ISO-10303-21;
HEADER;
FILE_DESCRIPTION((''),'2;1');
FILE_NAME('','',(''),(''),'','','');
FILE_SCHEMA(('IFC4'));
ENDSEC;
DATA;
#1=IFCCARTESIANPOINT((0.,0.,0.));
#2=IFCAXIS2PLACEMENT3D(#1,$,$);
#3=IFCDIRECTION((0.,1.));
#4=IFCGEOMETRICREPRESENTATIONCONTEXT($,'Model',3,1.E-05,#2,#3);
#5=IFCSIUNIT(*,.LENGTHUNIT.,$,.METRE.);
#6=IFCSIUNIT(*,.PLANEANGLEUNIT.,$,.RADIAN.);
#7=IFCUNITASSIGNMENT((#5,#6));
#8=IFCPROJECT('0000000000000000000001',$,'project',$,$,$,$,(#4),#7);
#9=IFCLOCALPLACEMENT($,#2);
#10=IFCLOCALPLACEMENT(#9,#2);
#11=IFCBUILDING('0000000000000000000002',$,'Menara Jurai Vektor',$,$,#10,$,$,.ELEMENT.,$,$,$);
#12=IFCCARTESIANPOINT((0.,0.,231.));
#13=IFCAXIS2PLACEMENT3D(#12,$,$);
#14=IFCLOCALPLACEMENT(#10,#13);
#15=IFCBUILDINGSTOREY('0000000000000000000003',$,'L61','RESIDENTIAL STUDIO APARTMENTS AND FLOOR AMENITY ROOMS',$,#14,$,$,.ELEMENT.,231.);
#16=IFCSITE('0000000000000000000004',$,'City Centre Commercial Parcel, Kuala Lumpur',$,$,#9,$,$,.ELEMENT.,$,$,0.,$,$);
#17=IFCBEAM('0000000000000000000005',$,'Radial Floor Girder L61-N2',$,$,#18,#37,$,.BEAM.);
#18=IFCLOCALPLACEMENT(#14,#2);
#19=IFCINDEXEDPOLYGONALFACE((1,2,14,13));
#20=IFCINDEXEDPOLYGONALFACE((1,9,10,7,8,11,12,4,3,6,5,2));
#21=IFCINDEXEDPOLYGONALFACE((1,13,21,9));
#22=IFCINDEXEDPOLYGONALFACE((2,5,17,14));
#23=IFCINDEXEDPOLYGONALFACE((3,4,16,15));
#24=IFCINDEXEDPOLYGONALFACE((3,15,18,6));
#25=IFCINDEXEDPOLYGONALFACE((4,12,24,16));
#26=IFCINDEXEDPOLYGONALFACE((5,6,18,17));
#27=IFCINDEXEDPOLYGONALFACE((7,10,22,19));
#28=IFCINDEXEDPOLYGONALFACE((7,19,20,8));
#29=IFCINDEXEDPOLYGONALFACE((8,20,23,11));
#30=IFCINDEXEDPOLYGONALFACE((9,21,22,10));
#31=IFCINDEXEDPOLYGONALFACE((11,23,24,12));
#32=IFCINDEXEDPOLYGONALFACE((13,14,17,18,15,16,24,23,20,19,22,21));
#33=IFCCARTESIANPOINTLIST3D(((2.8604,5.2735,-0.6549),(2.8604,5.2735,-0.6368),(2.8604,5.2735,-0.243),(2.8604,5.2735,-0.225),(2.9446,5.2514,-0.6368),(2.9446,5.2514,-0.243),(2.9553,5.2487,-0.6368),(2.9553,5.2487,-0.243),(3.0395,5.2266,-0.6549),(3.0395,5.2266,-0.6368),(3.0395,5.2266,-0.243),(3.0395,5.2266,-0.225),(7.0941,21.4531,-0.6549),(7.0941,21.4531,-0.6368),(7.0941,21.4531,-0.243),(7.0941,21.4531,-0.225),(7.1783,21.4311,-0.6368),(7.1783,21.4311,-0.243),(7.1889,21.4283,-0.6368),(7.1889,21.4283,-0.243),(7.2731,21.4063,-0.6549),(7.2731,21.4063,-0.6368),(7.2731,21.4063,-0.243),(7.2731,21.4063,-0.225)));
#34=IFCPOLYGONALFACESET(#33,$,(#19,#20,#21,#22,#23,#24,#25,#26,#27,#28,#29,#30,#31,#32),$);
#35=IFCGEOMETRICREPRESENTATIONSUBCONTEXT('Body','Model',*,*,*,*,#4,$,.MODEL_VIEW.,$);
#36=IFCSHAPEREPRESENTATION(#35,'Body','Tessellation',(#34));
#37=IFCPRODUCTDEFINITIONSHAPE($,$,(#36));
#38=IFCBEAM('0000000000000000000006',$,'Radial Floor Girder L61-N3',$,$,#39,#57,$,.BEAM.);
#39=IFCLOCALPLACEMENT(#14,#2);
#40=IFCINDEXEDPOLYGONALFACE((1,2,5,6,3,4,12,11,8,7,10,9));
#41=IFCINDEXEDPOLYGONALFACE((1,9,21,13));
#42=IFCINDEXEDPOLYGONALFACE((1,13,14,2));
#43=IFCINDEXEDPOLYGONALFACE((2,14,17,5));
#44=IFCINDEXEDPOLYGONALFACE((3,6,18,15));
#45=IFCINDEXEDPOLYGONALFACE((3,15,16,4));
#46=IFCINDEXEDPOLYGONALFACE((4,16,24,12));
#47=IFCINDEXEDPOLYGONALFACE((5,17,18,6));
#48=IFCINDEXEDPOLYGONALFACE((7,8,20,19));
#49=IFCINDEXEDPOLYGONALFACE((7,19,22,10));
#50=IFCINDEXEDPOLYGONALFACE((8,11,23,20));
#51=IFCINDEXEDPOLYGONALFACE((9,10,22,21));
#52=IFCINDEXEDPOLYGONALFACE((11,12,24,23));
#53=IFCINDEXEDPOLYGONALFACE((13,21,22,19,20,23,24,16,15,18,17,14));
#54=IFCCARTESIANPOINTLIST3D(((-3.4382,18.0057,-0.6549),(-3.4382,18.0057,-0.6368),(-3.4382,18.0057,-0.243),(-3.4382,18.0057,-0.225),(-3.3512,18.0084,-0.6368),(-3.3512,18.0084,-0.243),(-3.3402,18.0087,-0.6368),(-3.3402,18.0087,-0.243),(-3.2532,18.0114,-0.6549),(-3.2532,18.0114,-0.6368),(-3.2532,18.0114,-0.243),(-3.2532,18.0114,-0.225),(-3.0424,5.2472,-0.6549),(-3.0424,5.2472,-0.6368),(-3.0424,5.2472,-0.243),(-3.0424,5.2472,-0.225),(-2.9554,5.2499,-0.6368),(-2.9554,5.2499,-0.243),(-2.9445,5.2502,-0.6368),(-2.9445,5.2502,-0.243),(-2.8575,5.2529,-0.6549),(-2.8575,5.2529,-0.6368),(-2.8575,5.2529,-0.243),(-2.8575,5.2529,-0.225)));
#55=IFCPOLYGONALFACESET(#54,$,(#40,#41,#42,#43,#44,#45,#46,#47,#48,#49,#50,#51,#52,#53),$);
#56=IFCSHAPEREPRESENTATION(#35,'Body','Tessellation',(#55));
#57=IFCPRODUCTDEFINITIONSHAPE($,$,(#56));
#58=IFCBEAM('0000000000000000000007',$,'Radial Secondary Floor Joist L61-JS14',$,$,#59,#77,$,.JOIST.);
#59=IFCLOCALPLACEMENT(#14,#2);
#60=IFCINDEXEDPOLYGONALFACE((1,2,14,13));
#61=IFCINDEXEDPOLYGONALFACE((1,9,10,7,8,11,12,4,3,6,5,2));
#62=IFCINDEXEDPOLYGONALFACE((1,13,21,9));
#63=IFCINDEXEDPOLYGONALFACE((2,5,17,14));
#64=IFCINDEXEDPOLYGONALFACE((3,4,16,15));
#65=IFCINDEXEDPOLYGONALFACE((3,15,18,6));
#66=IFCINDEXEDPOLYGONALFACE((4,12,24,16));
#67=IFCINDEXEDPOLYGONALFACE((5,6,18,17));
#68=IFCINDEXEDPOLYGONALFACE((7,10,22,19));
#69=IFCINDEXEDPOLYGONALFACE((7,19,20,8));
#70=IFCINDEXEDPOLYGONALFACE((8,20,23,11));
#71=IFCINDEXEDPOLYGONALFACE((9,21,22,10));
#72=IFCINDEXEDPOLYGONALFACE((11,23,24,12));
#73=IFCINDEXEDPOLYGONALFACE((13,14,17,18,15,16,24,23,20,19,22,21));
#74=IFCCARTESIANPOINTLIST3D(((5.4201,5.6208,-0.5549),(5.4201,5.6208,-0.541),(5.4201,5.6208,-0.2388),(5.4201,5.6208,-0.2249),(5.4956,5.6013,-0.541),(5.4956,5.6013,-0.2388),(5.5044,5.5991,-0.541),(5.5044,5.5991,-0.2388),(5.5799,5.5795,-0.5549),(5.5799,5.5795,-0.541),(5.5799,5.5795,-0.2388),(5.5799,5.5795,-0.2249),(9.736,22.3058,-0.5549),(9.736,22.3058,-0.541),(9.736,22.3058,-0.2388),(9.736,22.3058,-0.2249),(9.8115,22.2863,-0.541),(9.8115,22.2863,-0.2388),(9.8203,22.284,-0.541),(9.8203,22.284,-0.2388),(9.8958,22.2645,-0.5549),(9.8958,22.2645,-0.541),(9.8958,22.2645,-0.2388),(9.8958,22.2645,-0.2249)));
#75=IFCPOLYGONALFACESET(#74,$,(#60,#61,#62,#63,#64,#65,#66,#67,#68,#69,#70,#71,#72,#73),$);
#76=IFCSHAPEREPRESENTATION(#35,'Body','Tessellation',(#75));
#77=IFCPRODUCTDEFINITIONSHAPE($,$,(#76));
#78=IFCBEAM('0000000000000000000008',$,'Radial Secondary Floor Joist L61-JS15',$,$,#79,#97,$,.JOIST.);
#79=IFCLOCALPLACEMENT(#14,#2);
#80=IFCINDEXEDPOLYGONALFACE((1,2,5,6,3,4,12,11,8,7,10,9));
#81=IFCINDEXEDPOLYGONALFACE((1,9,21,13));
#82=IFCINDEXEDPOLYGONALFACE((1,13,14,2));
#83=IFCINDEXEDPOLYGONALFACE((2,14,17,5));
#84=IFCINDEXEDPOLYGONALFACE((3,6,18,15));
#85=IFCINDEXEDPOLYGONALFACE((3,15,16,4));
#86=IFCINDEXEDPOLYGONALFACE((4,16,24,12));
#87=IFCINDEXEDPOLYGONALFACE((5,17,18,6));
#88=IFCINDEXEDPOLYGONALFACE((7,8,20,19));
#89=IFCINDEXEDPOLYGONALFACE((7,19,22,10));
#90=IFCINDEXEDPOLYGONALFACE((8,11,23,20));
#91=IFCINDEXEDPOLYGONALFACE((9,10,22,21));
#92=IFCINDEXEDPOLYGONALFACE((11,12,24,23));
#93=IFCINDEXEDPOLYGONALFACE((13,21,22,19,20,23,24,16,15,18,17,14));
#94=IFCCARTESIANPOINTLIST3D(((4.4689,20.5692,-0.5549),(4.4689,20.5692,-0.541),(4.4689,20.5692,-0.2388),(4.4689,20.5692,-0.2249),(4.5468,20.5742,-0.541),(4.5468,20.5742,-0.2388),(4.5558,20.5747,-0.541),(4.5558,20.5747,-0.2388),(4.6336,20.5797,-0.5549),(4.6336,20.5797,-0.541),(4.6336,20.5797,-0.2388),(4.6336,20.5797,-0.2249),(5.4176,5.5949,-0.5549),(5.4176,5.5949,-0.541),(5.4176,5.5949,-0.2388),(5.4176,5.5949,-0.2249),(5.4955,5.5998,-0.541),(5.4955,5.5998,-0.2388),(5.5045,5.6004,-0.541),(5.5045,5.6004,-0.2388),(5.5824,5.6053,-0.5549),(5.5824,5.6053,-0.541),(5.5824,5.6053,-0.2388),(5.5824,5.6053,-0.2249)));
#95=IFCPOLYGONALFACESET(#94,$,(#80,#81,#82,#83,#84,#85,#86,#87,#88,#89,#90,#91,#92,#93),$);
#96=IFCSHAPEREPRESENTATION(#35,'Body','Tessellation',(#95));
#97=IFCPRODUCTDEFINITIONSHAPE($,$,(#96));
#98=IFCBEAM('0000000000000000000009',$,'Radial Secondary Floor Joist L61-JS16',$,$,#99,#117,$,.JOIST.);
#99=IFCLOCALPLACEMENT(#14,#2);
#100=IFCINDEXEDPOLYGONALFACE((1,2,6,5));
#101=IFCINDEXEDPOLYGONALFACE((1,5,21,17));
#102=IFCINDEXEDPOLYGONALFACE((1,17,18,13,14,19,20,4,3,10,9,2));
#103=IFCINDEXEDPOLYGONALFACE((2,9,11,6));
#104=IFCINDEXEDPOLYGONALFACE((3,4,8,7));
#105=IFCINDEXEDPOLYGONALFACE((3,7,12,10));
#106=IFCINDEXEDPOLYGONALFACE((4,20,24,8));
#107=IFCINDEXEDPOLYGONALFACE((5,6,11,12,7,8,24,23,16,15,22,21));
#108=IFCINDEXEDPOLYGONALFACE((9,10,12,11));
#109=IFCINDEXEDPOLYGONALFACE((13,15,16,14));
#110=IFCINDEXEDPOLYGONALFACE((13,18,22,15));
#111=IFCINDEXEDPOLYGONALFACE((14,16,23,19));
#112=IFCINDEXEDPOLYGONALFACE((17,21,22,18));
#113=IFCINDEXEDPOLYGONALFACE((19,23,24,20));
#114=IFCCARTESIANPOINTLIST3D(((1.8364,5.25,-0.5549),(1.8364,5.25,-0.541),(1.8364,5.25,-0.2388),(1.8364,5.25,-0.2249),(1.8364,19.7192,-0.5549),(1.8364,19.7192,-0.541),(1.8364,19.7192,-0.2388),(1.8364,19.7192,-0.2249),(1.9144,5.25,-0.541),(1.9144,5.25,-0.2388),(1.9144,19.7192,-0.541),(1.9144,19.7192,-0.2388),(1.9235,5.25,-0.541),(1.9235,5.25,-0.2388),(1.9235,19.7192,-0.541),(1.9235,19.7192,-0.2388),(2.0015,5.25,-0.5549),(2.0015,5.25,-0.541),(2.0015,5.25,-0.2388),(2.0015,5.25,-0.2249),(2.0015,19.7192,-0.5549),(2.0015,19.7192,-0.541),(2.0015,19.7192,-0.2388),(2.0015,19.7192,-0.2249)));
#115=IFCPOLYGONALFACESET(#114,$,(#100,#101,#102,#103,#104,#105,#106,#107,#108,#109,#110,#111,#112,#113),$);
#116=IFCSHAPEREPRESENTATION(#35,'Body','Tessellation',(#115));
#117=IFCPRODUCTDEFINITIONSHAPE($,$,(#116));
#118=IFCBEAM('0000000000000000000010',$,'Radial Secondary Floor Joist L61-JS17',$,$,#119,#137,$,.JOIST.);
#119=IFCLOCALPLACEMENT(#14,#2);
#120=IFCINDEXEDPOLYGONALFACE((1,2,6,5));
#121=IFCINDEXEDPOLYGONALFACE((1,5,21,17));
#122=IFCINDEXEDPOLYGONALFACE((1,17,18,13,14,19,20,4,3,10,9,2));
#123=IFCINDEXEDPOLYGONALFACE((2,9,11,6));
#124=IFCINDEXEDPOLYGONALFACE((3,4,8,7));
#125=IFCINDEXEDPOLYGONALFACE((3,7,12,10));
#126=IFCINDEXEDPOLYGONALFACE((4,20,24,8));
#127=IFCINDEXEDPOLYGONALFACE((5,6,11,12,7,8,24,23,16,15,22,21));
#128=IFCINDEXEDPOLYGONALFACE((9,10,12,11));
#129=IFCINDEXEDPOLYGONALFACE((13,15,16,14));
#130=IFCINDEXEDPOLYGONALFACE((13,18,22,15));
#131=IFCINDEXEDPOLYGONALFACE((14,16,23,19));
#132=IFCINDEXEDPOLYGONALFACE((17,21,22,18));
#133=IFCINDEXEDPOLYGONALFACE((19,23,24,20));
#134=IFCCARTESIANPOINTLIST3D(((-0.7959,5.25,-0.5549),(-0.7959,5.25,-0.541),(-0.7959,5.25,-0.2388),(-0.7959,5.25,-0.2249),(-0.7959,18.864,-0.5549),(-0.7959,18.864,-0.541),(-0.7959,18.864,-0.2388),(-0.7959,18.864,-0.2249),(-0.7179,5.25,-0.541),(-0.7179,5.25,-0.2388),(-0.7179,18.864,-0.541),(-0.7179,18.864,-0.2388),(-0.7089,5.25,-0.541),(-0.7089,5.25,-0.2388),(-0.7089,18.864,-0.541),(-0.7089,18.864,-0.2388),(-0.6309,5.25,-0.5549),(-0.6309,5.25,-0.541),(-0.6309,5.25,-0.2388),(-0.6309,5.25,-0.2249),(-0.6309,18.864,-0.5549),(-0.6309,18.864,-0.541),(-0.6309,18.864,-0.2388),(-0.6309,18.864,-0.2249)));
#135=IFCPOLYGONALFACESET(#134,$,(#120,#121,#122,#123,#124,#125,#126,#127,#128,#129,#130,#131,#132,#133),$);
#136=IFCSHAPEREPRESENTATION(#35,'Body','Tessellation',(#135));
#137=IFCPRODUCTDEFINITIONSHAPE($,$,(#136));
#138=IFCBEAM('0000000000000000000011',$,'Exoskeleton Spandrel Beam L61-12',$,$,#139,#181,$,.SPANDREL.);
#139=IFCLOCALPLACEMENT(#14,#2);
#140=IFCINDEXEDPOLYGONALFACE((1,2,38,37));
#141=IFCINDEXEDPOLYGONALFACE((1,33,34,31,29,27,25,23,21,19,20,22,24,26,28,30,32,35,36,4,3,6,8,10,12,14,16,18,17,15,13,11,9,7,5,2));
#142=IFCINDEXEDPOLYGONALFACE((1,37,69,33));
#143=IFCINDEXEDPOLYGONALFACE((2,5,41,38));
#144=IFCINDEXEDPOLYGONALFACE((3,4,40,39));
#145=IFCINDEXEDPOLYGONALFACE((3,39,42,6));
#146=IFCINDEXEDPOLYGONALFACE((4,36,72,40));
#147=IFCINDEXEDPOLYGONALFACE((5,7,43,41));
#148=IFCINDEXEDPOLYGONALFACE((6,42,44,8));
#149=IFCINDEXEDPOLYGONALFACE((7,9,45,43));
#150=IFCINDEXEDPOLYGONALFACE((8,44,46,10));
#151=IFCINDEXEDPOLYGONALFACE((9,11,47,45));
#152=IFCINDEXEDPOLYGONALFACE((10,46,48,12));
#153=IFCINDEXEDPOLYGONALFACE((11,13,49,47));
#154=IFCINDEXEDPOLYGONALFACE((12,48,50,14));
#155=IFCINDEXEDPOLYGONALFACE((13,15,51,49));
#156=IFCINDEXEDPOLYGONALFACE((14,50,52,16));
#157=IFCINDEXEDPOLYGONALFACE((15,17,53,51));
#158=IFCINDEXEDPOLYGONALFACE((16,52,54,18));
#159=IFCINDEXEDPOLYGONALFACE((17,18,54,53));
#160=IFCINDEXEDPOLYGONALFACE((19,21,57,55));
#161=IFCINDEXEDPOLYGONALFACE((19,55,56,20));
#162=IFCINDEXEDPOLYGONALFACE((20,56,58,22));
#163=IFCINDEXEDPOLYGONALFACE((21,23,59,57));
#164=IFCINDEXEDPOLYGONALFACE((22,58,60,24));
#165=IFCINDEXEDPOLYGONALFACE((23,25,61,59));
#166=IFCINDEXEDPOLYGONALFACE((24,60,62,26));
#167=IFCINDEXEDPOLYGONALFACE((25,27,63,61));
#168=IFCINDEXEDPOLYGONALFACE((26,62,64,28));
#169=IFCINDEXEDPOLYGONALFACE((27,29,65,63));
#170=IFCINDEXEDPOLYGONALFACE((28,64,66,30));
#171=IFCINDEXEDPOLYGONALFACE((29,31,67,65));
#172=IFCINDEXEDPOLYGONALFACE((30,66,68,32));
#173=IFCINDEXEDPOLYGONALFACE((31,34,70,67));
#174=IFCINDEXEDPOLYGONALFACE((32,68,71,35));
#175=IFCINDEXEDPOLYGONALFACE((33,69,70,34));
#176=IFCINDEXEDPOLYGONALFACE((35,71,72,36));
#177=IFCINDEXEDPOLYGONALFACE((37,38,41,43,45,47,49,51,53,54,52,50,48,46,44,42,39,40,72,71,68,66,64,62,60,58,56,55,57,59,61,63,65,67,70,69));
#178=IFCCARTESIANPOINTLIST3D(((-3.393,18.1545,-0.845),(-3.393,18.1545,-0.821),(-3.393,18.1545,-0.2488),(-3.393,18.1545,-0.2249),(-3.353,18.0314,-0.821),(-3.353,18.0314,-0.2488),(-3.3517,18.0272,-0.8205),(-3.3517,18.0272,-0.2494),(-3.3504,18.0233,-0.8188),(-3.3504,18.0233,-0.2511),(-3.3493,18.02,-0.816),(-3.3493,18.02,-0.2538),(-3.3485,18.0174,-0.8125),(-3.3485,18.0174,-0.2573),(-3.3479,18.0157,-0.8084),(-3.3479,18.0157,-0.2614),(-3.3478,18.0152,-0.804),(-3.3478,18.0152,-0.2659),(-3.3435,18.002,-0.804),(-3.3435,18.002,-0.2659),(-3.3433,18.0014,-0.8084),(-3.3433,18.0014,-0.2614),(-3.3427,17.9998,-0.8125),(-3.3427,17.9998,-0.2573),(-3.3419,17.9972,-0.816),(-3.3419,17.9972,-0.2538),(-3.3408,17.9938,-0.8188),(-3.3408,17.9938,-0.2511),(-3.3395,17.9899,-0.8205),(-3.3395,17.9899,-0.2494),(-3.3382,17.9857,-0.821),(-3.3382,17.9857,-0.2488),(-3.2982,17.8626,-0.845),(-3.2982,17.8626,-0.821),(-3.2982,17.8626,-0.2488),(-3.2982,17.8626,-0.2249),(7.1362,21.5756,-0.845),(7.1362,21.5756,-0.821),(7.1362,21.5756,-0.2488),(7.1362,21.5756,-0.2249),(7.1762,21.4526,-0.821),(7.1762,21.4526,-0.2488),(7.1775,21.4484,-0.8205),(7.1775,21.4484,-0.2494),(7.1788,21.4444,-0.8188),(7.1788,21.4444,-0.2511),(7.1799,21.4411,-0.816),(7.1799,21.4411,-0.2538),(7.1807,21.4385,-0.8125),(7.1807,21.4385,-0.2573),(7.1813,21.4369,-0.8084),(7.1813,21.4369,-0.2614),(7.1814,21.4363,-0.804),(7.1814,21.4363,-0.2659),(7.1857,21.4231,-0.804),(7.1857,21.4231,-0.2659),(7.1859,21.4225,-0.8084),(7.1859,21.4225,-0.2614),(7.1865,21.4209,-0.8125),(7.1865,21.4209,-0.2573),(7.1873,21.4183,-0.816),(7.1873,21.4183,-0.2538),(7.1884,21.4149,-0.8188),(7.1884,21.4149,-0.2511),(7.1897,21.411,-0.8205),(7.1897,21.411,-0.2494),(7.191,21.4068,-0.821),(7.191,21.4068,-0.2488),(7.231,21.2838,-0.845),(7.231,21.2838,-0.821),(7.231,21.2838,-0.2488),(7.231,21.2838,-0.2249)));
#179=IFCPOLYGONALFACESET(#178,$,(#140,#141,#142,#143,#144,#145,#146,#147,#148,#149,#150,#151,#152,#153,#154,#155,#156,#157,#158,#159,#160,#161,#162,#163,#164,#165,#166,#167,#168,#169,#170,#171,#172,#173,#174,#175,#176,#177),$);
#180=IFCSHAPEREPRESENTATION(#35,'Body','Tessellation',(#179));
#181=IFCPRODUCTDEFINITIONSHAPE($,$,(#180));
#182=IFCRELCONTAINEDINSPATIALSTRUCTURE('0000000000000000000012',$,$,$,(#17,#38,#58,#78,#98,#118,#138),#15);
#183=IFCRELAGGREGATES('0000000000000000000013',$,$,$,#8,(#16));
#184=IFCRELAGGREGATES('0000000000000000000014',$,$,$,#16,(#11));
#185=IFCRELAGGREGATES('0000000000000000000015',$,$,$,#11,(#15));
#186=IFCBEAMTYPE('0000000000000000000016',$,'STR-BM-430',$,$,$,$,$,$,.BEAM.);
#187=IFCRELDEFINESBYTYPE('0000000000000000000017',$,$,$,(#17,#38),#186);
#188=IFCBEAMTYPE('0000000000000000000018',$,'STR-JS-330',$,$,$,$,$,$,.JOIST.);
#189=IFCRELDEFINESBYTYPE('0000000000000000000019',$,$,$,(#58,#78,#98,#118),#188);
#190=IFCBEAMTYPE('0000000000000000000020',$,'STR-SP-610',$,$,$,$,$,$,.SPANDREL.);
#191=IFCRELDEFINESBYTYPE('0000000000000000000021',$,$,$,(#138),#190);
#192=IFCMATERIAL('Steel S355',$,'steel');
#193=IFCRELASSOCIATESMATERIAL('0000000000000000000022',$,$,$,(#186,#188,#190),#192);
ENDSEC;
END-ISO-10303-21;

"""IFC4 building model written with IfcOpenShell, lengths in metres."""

from ifc_helpers import new_model, si_unit, direction, frame, origin, origin_2d, place, context, subcontext, project, spatial, i_section, extrude, material, material_profile, profile_set, type_object, element, save


model = new_model("IFC4")

# Units and contexts
model_context = context("Model", 3, precision=1e-05, world=origin(), true_north=direction((0.0, 1.0)))
body_context = subcontext(model_context, "Body", "Model", "MODEL_VIEW")
ifc_project = project(units=[si_unit("LENGTHUNIT", "METRE"), si_unit("PLANEANGLEUNIT", "RADIAN")], contexts=[model_context])

# Site, building, storey
site_placement = place(None, origin())
site = spatial("IfcSite", under=ifc_project, at=site_placement, Name="City Centre Commercial Parcel, Kuala Lumpur", CompositionType="ELEMENT", RefElevation=0.0)
building_placement = place(site_placement, origin())
building = spatial("IfcBuilding", under=site, at=building_placement, Name="Menara Jurai Vektor", CompositionType="ELEMENT")
storey_placement = place(building_placement, frame((0.0, 0.0, 231.0)))
storey = spatial("IfcBuildingStorey", under=building, at=storey_placement, Name="L61", Description="RESIDENTIAL STUDIO APARTMENTS AND FLOOR AMENITY ROOMS", CompositionType="ELEMENT", Elevation=231.0)

# Beams
ifc_material_1 = material(Name="Steel S355", Category="steel")
ifc_material_profile_1 = material_profile(ifc_material_1, i_section(OverallWidth=0.1851, OverallDepth=0.4299, WebThickness=0.011, FlangeThickness=0.0181, at=origin_2d()), Name="PG 430x185x76")
ifc_profile_set_1 = profile_set([ifc_material_profile_1], Name="Steel S355")
beam_type_1 = type_object("IfcBeamType", Name="STR-BM-430", PredefinedType="BEAM", material=ifc_profile_set_1)
beam_1_placement = place(storey_placement, frame((7.1836, 21.4297, -0.4399), z_axis=(-0.253141, -0.967429, 0.0), x_axis=(0.967429, -0.253141, 0.0)))
element("IfcBeam", 1, at=beam_1_placement, inside=storey, type_object=beam_type_1, Name="Radial Floor Girder L61-N2", PredefinedType="BEAM", context=body_context, shape_type="SweptSolid", body=[
    extrude(i_section(OverallWidth=0.1851, OverallDepth=0.4299, WebThickness=0.011, FlangeThickness=0.0181, at=origin_2d()), origin(), (0.0, 0.0, 1.0), 16.7244),
])
beam_2_placement = place(storey_placement, frame((-3.3457, 18.0085, -0.4399), z_axis=(0.031004, -0.999519, 0.0), x_axis=(0.999519, 0.031004, 0.0)))
element("IfcBeam", 2, at=beam_2_placement, inside=storey, type_object=beam_type_1, Name="Radial Floor Girder L61-N3", PredefinedType="BEAM", context=body_context, shape_type="SweptSolid", body=[
    extrude(i_section(OverallWidth=0.1851, OverallDepth=0.4299, WebThickness=0.011, FlangeThickness=0.0181, at=origin_2d()), origin(), (0.0, 0.0, 1.0), 12.7646),
])
ifc_material_profile_2 = material_profile(ifc_material_1, i_section(OverallWidth=0.165, OverallDepth=0.3301, WebThickness=0.009, FlangeThickness=0.0139, at=origin_2d()), Name="PG 330x165x46")
ifc_profile_set_2 = profile_set([ifc_material_profile_2], Name="Steel S355")
beam_type_2 = type_object("IfcBeamType", Name="STR-JS-330", PredefinedType="JOIST", material=ifc_profile_set_2)
beam_3_placement = place(storey_placement, frame((9.8159, 22.2852, -0.3899), z_axis=(-0.250427, -0.968135, 0.0), x_axis=(0.968135, -0.250427, 0.0)))
element("IfcBeam", 3, at=beam_3_placement, inside=storey, type_object=beam_type_2, Name="Radial Secondary Floor Joist L61-JS14", PredefinedType="JOIST", context=body_context, shape_type="SweptSolid", body=[
    extrude(i_section(OverallWidth=0.165, OverallDepth=0.3301, WebThickness=0.009, FlangeThickness=0.0139, at=origin_2d()), origin(), (0.0, 0.0, 1.0), 17.2341),
])
beam_4_placement = place(storey_placement, frame((4.5513, 20.5745, -0.3899), z_axis=(0.06323, -0.997999, 0.0), x_axis=(0.997999, 0.06323, 0.0)))
element("IfcBeam", 4, at=beam_4_placement, inside=storey, type_object=beam_type_2, Name="Radial Secondary Floor Joist L61-JS15", PredefinedType="JOIST", context=body_context, shape_type="SweptSolid", body=[
    extrude(i_section(OverallWidth=0.165, OverallDepth=0.3301, WebThickness=0.009, FlangeThickness=0.0139, at=origin_2d()), origin(), (0.0, 0.0, 1.0), 15.0044),
])
beam_5_placement = place(storey_placement, frame((1.9189, 19.7192, -0.3899), z_axis=(0.0, -1.0, 0.0), x_axis=(1.0, 0.0, 0.0)))
element("IfcBeam", 5, at=beam_5_placement, inside=storey, type_object=beam_type_2, Name="Radial Secondary Floor Joist L61-JS16", PredefinedType="JOIST", context=body_context, shape_type="SweptSolid", body=[
    extrude(i_section(OverallWidth=0.165, OverallDepth=0.3301, WebThickness=0.009, FlangeThickness=0.0139, at=origin_2d()), origin(), (0.0, 0.0, 1.0), 14.4692),
])
beam_6_placement = place(storey_placement, frame((-0.7134, 18.864, -0.3899), z_axis=(0.0, -1.0, 0.0), x_axis=(1.0, 0.0, 0.0)))
element("IfcBeam", 6, at=beam_6_placement, inside=storey, type_object=beam_type_2, Name="Radial Secondary Floor Joist L61-JS17", PredefinedType="JOIST", context=body_context, shape_type="SweptSolid", body=[
    extrude(i_section(OverallWidth=0.165, OverallDepth=0.3301, WebThickness=0.009, FlangeThickness=0.0139, at=origin_2d()), origin(), (0.0, 0.0, 1.0), 13.614),
])
ifc_material_profile_3 = material_profile(ifc_material_1, i_section(OverallWidth=0.3069, OverallDepth=0.6201, WebThickness=0.0139, FlangeThickness=0.0239, FilletRadius=0.0171, at=origin_2d()), Name="UKB 610x305x179")
ifc_profile_set_3 = profile_set([ifc_material_profile_3], Name="Steel S355")
beam_type_3 = type_object("IfcBeamType", Name="STR-SP-610", PredefinedType="SPANDREL", material=ifc_profile_set_3)
for number, where, z_axis, x_axis, name in (
    (7, (7.1836, 21.4297, -0.5349), (-0.951057, -0.309014, 0.0), (0.309014, -0.951057, 0.0), "Exoskeleton Spandrel Beam L61-12"),
):
    element("IfcBeam", number, at=place(storey_placement, frame(where, z_axis=z_axis, x_axis=x_axis)), inside=storey, type_object=beam_type_3, Name=name, PredefinedType="SPANDREL", context=body_context, shape_type="SweptSolid", body=[
        extrude(i_section(OverallWidth=0.3069, OverallDepth=0.6201, WebThickness=0.0139, FlangeThickness=0.0239, FilletRadius=0.0171, at=origin_2d()), origin(), (0.0, 0.0, 1.0), 11.071),
    ])

save(model, "model.ifc")
